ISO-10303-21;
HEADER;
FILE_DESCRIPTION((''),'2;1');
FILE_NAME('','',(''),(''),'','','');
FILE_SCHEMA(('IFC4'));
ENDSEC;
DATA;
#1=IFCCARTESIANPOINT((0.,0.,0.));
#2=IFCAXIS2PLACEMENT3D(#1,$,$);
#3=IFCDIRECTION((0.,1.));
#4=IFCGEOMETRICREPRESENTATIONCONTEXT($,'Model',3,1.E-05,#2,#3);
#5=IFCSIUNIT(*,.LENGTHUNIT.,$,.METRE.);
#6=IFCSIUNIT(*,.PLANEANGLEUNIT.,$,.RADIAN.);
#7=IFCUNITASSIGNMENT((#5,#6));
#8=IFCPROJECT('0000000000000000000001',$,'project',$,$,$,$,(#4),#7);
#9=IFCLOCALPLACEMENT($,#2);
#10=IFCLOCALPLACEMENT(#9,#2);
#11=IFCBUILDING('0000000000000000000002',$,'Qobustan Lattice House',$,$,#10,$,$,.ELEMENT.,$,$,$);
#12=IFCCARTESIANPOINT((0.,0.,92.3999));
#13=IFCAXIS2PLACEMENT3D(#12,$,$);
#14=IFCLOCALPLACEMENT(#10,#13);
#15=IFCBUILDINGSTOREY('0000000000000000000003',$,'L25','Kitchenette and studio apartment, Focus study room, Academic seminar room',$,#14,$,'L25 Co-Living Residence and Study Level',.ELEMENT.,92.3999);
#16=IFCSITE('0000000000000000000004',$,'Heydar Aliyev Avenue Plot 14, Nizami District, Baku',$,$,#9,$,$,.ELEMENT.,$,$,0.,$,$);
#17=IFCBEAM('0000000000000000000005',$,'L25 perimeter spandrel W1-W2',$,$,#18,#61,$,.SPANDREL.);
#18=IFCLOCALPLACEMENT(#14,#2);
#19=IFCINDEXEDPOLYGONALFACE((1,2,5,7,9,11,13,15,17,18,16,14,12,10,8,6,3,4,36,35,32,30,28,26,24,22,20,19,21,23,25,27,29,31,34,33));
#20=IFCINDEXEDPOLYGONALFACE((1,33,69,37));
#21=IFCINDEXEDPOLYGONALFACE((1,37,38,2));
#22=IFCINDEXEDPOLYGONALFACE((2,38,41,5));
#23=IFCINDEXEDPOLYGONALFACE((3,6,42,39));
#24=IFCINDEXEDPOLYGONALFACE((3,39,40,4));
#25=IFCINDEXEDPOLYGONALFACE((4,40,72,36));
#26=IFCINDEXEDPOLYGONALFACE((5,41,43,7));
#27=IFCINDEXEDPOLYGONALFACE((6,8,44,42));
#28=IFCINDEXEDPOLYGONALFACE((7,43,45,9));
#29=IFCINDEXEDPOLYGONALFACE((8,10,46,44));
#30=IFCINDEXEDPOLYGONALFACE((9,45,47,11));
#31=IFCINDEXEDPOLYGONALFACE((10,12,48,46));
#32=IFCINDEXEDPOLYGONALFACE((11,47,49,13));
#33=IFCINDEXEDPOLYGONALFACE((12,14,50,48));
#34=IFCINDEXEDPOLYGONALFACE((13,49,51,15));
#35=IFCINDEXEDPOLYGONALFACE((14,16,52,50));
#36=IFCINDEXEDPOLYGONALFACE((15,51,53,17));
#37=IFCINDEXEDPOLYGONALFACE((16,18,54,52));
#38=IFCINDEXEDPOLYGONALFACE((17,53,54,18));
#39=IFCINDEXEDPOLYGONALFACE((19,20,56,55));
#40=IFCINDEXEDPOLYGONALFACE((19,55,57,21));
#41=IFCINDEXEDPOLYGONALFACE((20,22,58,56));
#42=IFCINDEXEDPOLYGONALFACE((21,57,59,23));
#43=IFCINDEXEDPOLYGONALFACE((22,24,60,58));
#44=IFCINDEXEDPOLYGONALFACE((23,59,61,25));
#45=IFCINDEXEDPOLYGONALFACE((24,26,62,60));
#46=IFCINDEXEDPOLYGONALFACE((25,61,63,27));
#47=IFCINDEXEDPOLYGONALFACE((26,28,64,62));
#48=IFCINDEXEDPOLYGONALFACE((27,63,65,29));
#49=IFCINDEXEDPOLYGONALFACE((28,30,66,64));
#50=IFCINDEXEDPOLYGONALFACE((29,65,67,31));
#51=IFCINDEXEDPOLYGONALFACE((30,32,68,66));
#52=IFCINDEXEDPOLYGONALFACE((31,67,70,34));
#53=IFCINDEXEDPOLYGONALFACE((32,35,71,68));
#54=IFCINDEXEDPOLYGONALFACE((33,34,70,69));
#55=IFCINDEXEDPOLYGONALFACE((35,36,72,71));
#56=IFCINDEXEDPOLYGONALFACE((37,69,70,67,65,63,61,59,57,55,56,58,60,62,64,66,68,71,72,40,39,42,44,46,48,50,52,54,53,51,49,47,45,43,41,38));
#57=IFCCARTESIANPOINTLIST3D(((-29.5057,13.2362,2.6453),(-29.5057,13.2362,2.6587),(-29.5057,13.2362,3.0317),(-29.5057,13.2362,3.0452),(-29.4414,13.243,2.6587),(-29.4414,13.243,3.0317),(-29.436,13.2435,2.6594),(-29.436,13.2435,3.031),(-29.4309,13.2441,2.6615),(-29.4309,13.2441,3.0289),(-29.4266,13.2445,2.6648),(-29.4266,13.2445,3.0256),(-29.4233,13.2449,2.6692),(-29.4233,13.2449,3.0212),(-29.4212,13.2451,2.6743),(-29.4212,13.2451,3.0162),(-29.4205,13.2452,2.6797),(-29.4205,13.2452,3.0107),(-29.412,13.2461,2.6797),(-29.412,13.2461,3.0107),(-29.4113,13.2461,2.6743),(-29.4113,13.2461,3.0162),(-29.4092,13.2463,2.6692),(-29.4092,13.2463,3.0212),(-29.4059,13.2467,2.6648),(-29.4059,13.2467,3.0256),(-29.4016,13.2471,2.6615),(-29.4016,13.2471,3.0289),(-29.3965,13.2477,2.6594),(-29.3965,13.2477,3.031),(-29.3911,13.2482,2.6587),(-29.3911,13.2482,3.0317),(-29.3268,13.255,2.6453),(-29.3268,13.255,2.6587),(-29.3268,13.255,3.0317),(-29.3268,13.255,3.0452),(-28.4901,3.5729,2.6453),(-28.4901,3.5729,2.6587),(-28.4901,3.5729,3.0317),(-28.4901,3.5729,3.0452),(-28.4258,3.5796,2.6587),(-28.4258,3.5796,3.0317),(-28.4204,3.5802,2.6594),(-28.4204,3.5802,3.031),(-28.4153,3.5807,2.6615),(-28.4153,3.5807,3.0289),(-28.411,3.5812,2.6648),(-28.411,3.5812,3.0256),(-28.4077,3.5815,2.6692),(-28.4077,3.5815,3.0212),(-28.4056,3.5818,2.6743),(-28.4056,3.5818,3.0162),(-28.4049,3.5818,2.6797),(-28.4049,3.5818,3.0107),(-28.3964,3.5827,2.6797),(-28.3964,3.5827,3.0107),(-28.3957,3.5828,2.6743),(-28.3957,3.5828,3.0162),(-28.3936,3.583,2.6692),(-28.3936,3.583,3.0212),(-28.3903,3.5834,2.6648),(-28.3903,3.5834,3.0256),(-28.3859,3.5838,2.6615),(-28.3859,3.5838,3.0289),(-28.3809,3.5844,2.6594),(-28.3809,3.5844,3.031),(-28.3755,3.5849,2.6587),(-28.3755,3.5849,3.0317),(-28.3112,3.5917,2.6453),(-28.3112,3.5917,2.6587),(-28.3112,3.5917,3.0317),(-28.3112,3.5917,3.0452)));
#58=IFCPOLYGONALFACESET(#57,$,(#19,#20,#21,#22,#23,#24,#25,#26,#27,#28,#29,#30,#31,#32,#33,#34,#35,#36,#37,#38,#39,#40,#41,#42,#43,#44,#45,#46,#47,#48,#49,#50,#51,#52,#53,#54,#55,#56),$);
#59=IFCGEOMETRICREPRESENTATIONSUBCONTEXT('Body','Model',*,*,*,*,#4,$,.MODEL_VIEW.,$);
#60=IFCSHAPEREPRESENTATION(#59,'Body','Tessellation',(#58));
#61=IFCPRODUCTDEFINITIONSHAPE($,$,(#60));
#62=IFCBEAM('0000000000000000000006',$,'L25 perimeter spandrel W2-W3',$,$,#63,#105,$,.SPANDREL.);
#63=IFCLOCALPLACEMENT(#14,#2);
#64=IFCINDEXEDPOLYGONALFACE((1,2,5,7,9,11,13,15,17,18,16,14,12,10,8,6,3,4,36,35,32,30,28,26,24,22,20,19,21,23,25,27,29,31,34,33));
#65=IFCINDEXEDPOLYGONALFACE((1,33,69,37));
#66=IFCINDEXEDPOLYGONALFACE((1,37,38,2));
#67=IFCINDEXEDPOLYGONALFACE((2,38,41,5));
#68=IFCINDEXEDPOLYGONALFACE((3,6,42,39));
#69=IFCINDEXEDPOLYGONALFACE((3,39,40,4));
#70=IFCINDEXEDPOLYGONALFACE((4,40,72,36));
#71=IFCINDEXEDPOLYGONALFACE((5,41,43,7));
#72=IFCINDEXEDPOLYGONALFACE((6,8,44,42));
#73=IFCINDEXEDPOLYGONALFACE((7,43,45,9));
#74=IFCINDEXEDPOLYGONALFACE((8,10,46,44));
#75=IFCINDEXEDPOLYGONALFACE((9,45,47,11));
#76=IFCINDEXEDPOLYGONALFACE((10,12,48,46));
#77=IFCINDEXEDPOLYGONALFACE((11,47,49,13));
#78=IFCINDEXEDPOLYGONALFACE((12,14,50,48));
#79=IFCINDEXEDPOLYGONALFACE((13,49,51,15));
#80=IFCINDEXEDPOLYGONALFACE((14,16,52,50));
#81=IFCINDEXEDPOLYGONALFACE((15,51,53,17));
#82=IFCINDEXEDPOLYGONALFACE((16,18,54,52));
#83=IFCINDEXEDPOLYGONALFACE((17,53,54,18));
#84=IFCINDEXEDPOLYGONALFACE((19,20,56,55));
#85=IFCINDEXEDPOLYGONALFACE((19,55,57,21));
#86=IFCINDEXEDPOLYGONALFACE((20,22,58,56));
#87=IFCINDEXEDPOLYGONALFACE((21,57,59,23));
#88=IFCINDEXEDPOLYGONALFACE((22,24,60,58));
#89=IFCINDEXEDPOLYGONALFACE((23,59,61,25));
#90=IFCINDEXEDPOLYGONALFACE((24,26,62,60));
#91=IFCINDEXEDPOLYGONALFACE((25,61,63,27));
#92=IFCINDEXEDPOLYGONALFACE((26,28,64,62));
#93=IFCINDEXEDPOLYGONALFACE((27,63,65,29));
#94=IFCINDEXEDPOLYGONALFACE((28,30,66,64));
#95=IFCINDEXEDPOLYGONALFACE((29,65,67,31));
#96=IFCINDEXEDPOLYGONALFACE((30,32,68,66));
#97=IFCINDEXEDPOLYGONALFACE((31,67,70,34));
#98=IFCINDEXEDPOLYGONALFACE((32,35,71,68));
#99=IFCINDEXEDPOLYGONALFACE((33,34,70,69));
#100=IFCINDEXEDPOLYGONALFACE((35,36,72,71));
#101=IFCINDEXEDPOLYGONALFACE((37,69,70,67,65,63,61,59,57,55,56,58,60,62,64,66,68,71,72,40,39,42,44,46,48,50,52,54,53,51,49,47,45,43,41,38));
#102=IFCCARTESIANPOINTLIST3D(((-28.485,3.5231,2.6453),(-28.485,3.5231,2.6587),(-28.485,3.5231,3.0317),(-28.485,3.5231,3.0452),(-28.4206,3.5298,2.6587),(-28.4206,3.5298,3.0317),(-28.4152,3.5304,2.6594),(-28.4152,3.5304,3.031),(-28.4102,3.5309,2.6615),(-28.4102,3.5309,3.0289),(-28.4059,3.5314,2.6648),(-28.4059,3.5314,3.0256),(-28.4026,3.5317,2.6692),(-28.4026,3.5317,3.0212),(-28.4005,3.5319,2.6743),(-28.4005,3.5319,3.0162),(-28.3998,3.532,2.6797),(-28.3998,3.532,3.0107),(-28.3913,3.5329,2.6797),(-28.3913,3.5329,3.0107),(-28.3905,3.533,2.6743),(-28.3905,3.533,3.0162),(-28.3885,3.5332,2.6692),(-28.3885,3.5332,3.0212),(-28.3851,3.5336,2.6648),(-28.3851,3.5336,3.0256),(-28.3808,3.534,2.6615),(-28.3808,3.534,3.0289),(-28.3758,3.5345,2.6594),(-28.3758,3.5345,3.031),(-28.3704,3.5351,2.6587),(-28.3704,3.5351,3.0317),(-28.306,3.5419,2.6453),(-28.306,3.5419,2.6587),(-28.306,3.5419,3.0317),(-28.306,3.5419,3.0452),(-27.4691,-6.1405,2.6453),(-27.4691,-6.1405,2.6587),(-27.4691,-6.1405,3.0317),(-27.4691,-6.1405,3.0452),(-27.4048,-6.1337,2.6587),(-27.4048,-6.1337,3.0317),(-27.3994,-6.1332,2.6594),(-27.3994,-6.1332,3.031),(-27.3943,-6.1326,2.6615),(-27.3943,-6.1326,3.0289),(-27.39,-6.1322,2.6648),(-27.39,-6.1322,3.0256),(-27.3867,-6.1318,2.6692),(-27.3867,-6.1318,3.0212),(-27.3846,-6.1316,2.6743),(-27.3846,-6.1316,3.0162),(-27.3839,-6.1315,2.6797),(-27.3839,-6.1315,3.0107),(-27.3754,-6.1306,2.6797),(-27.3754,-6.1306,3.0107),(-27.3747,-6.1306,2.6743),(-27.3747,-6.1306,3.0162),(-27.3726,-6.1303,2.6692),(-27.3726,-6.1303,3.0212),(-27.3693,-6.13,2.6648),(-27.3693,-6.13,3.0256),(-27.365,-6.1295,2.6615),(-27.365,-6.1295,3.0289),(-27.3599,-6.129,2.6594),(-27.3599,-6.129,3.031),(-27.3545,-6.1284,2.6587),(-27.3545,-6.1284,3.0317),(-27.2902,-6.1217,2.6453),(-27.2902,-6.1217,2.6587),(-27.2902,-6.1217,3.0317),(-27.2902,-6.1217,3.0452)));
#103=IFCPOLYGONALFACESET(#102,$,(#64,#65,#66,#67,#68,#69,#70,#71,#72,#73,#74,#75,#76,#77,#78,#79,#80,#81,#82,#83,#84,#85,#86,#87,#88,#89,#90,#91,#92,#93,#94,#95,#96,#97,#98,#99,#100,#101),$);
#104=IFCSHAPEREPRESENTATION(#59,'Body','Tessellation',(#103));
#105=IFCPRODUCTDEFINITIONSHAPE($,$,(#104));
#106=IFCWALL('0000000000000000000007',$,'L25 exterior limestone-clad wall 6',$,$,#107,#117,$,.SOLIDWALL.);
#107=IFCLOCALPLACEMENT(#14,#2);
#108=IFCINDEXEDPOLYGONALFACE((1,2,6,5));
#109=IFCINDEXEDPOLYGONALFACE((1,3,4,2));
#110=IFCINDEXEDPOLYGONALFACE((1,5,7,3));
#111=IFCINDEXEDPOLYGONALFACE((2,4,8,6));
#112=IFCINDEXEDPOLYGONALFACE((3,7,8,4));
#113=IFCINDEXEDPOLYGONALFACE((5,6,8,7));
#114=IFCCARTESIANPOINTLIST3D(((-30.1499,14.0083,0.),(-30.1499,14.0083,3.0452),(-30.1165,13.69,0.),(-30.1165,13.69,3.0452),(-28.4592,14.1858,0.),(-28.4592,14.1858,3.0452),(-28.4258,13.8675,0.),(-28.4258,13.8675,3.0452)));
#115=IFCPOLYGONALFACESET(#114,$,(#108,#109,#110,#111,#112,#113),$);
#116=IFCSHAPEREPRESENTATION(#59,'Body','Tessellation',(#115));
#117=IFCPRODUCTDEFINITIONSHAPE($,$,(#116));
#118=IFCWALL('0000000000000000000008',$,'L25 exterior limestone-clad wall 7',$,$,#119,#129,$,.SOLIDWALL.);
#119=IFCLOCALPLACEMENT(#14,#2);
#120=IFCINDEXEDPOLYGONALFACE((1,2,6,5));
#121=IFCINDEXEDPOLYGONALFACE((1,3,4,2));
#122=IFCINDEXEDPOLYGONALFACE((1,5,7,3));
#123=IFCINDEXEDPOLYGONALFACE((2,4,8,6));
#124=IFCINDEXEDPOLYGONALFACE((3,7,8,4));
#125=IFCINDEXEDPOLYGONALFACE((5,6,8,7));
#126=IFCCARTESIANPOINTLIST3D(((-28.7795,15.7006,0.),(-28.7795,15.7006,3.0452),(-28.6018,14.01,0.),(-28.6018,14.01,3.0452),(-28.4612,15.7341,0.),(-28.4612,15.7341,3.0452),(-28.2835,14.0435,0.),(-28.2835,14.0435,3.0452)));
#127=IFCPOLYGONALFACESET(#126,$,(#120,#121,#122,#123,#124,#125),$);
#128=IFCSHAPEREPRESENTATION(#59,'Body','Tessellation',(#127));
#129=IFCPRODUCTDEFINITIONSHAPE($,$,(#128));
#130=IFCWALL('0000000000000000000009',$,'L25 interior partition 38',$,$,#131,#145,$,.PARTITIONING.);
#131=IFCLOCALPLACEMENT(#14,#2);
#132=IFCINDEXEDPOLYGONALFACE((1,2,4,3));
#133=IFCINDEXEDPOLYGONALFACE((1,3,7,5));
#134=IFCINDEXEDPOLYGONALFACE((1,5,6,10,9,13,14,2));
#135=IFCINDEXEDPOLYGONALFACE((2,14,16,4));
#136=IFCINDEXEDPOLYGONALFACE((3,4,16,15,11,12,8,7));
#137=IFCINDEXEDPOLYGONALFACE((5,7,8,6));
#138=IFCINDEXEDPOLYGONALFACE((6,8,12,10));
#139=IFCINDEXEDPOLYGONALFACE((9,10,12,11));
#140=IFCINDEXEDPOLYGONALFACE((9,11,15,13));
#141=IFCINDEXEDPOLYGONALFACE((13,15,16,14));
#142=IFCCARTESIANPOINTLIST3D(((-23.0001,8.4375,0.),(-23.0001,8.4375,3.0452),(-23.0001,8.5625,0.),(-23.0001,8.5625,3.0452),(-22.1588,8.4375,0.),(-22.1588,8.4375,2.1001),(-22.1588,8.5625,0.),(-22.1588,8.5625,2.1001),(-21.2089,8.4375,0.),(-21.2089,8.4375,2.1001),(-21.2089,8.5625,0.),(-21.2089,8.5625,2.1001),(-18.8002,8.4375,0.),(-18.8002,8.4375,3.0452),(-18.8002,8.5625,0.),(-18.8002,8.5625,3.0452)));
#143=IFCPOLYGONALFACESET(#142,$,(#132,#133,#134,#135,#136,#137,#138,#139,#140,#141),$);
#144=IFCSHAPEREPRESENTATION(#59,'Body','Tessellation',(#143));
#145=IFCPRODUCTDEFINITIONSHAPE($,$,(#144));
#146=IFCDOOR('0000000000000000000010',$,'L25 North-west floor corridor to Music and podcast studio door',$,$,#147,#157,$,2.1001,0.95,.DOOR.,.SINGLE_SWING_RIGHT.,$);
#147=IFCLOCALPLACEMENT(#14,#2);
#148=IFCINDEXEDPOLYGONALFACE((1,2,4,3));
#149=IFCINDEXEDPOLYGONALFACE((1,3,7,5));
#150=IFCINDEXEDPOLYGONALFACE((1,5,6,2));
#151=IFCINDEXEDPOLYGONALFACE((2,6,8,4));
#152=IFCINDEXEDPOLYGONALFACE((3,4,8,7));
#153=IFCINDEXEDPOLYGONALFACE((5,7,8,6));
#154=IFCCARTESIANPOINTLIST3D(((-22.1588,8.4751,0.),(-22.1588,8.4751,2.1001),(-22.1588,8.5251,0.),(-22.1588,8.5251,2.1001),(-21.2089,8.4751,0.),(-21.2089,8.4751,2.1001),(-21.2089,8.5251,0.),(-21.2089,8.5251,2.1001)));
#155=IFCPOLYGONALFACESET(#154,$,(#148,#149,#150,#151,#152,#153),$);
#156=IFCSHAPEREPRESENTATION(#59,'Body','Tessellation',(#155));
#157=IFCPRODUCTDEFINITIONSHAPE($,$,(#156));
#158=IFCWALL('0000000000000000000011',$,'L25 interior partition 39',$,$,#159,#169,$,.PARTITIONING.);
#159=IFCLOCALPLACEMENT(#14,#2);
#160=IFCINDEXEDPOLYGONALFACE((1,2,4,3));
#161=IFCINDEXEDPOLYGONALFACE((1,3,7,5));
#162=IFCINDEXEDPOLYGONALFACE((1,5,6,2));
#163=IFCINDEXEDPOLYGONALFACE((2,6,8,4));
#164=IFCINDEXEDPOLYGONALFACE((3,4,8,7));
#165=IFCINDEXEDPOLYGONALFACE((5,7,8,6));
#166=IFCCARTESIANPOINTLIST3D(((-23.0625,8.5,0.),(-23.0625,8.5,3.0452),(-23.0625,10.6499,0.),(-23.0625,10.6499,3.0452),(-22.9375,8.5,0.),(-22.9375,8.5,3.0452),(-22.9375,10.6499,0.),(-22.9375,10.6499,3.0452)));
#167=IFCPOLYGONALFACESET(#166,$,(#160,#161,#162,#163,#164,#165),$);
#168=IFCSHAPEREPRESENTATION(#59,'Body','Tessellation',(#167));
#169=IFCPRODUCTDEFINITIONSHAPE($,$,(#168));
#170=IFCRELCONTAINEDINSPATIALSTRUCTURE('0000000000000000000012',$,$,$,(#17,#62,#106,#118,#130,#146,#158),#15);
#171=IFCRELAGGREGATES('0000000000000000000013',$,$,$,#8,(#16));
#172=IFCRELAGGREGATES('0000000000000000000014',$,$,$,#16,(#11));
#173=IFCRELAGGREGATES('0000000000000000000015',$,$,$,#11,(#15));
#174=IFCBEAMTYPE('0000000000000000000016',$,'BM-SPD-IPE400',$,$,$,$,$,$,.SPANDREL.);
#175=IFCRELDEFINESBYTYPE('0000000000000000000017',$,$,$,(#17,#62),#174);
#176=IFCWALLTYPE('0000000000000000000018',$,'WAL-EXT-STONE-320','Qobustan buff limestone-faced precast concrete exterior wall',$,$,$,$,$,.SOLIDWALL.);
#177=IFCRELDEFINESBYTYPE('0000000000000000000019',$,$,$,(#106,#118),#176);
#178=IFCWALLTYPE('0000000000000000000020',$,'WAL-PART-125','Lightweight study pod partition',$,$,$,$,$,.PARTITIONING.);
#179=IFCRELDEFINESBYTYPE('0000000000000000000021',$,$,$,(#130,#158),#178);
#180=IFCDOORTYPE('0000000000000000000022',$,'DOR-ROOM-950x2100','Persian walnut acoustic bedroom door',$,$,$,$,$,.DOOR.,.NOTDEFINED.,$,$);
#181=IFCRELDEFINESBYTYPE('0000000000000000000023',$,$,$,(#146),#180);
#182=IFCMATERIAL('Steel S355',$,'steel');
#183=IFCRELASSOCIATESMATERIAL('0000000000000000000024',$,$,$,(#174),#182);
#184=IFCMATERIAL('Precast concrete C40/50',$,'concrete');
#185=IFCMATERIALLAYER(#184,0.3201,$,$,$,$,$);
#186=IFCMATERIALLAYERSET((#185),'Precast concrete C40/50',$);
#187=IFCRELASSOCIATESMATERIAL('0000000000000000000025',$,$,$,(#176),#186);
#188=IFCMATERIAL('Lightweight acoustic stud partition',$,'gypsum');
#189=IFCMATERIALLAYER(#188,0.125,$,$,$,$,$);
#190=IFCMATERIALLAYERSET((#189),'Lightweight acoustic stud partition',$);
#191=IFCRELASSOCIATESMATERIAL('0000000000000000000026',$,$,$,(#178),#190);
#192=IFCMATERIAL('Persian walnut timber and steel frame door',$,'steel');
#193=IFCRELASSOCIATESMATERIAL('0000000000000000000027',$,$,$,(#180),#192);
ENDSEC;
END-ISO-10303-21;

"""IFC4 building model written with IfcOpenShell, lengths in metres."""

from ifc_helpers import new_model, si_unit, direction, frame, frame_2d, origin, origin_2d, place, context, subcontext, project, spatial, rectangle, i_section, extrude, material, layer, layer_set, material_profile, profile_set, type_object, element, fill, save


model = new_model("IFC4")

# Units and contexts
model_context = context("Model", 3, precision=1e-05, world=origin(), true_north=direction((0.0, 1.0)))
body_context = subcontext(model_context, "Body", "Model", "MODEL_VIEW")
ifc_project = project(units=[si_unit("LENGTHUNIT", "METRE"), si_unit("PLANEANGLEUNIT", "RADIAN")], contexts=[model_context])

# Site, building, storey
site_placement = place(None, origin())
site = spatial("IfcSite", under=ifc_project, at=site_placement, Name="Heydar Aliyev Avenue Plot 14, Nizami District, Baku", CompositionType="ELEMENT", RefElevation=0.0)
building_placement = place(site_placement, origin())
building = spatial("IfcBuilding", under=site, at=building_placement, Name="Qobustan Lattice House", CompositionType="ELEMENT")
storey_placement = place(building_placement, frame((0.0, 0.0, 92.3999)))
storey = spatial("IfcBuildingStorey", under=building, at=storey_placement, Name="L25", Description="Kitchenette and studio apartment, Focus study room, Academic seminar room", LongName="L25 Co-Living Residence and Study Level", CompositionType="ELEMENT", Elevation=92.3999)

# Beams
ifc_material_1 = material(Name="Steel S355", Category="steel")
ifc_material_profile_1 = material_profile(ifc_material_1, i_section(OverallWidth=0.1799, OverallDepth=0.3999, WebThickness=0.0085, FlangeThickness=0.0134, FilletRadius=0.021, at=origin_2d()), Name="IPE400")
ifc_profile_set_1 = profile_set([ifc_material_profile_1], Name="Steel S355")
beam_type_1 = type_object("IfcBeamType", Name="BM-SPD-IPE400", PredefinedType="SPANDREL", material=ifc_profile_set_1)
beam_1_placement = place(storey_placement, frame((-29.4163, 13.2456, 2.8452), z_axis=(0.104525, -0.994522, 0.0), x_axis=(0.994522, 0.104525, 0.0)))
element("IfcBeam", 1, at=beam_1_placement, inside=storey, type_object=beam_type_1, Name="L25 perimeter spandrel W1-W2", PredefinedType="SPANDREL", context=body_context, shape_type="SweptSolid", body=[
    extrude(i_section(OverallWidth=0.1799, OverallDepth=0.3999, WebThickness=0.0085, FlangeThickness=0.0134, FilletRadius=0.021, at=origin_2d()), origin(), (0.0, 0.0, 1.0), 9.7166),
])
beam_2_placement = place(storey_placement, frame((-28.3955, 3.5325, 2.8452), z_axis=(0.104547, -0.99452, 0.0), x_axis=(0.99452, 0.104547, 0.0)))
element("IfcBeam", 2, at=beam_2_placement, inside=storey, type_object=beam_type_1, Name="L25 perimeter spandrel W2-W3", PredefinedType="SPANDREL", context=body_context, shape_type="SweptSolid", body=[
    extrude(i_section(OverallWidth=0.1799, OverallDepth=0.3999, WebThickness=0.0085, FlangeThickness=0.0134, FilletRadius=0.021, at=origin_2d()), origin(), (0.0, 0.0, 1.0), 9.7168),
])

# Walls
ifc_material_2 = material(Name="Precast concrete C40/50", Category="concrete")
ifc_layer_1 = layer(ifc_material_2, 0.3201)
ifc_layer_set_1 = layer_set([ifc_layer_1], Name="Precast concrete C40/50")
wall_type_1 = type_object("IfcWallType", Name="WAL-EXT-STONE-320", Description="Qobustan buff limestone-faced precast concrete exterior wall", PredefinedType="SOLIDWALL", material=ifc_layer_set_1)
for number, where, z_axis, x_axis, name in (
    (3, (-30.1333, 13.8491, 0.0), (0.0, 0.0, 1.0), (0.994535, 0.104408, 0.0), "L25 exterior limestone-clad wall 6"),
    (4, (-28.4426, 14.0266, 0.0), (0.0, 0.0, 1.0), (-0.10455, 0.99452, 0.0), "L25 exterior limestone-clad wall 7"),
):
    element("IfcWall", number, at=place(storey_placement, frame(where, z_axis=z_axis, x_axis=x_axis)), inside=storey, type_object=wall_type_1, Name=name, PredefinedType="SOLIDWALL", context=body_context, shape_type="SweptSolid", body=[
        extrude(rectangle(XDim=1.7, YDim=0.3201, at=frame_2d((0.8501, 0.0))), origin(), (0.0, 0.0, 1.0), 3.0452),
    ])

# Wall, opening, door
ifc_material_3 = material(Name="Lightweight acoustic stud partition", Category="gypsum")
ifc_layer_2 = layer(ifc_material_3, 0.125)
ifc_layer_set_2 = layer_set([ifc_layer_2], Name="Lightweight acoustic stud partition")
wall_type_2 = type_object("IfcWallType", Name="WAL-PART-125", Description="Lightweight study pod partition", PredefinedType="PARTITIONING", material=ifc_layer_set_2)
wall_1_placement = place(storey_placement, frame((-18.8, 8.5, 0.0), z_axis=(0.0, 0.0, 1.0), x_axis=(-1.0, 0.0, 0.0)))
wall_1 = element("IfcWall", 5, at=wall_1_placement, inside=storey, type_object=wall_type_2, Name="L25 interior partition 38", PredefinedType="PARTITIONING", context=body_context, shape_type="SweptSolid", body=[
    extrude(rectangle(XDim=4.2, YDim=0.125, at=frame_2d((2.1001, 0.0))), origin(), (0.0, 0.0, 1.0), 3.0452),
])
opening_1_placement = place(wall_1_placement, frame((2.4087, 0.0, 0.0)))
opening_1 = element("IfcOpeningElement", 6, at=opening_1_placement, cuts=wall_1, PredefinedType="OPENING", context=body_context, shape_type="SweptSolid", body=[
    extrude(rectangle(XDim=0.95, YDim=2.1001, at=frame_2d((0.4751, 1.05))), frame((0.0, 0.0725, 0.0), z_axis=(0.0, -1.0, 0.0), x_axis=(1.0, 0.0, 0.0)), (0.0, 0.0, 1.0), 0.145),
])
ifc_material_4 = material(Name="Persian walnut timber and steel frame door", Category="steel")
door_type_1 = type_object("IfcDoorType", Name="DOR-ROOM-950x2100", Description="Persian walnut acoustic bedroom door", OperationType="NOTDEFINED", PredefinedType="DOOR", material=ifc_material_4)
door_1_placement = place(opening_1_placement, origin())
door_1 = element("IfcDoor", 7, at=door_1_placement, inside=storey, type_object=door_type_1, Name="L25 North-west floor corridor to Music and podcast studio door", OperationType="SINGLE_SWING_RIGHT", OverallHeight=2.1001, OverallWidth=0.95, PredefinedType="DOOR", context=body_context, shape_type="SweptSolid", body=[
    extrude(rectangle(XDim=0.95, YDim=2.1001, at=frame_2d((0.4751, 1.05))), frame((0.0, 0.0249, 0.0), z_axis=(0.0, -1.0, 0.0), x_axis=(1.0, 0.0, 0.0)), (0.0, 0.0, 1.0), 0.05),
])
fill(opening_1, door_1)

# Wall
wall_2_placement = place(storey_placement, frame((-23.0, 8.5, 0.0), z_axis=(0.0, 0.0, 1.0), x_axis=(0.0, 1.0, 0.0)))
element("IfcWall", 8, at=wall_2_placement, inside=storey, type_object=wall_type_2, Name="L25 interior partition 39", PredefinedType="PARTITIONING", context=body_context, shape_type="SweptSolid", body=[
    extrude(rectangle(XDim=2.1499, YDim=0.125, at=frame_2d((1.075, 0.0))), origin(), (0.0, 0.0, 1.0), 3.0452),
])

save(model, "model.ifc")
